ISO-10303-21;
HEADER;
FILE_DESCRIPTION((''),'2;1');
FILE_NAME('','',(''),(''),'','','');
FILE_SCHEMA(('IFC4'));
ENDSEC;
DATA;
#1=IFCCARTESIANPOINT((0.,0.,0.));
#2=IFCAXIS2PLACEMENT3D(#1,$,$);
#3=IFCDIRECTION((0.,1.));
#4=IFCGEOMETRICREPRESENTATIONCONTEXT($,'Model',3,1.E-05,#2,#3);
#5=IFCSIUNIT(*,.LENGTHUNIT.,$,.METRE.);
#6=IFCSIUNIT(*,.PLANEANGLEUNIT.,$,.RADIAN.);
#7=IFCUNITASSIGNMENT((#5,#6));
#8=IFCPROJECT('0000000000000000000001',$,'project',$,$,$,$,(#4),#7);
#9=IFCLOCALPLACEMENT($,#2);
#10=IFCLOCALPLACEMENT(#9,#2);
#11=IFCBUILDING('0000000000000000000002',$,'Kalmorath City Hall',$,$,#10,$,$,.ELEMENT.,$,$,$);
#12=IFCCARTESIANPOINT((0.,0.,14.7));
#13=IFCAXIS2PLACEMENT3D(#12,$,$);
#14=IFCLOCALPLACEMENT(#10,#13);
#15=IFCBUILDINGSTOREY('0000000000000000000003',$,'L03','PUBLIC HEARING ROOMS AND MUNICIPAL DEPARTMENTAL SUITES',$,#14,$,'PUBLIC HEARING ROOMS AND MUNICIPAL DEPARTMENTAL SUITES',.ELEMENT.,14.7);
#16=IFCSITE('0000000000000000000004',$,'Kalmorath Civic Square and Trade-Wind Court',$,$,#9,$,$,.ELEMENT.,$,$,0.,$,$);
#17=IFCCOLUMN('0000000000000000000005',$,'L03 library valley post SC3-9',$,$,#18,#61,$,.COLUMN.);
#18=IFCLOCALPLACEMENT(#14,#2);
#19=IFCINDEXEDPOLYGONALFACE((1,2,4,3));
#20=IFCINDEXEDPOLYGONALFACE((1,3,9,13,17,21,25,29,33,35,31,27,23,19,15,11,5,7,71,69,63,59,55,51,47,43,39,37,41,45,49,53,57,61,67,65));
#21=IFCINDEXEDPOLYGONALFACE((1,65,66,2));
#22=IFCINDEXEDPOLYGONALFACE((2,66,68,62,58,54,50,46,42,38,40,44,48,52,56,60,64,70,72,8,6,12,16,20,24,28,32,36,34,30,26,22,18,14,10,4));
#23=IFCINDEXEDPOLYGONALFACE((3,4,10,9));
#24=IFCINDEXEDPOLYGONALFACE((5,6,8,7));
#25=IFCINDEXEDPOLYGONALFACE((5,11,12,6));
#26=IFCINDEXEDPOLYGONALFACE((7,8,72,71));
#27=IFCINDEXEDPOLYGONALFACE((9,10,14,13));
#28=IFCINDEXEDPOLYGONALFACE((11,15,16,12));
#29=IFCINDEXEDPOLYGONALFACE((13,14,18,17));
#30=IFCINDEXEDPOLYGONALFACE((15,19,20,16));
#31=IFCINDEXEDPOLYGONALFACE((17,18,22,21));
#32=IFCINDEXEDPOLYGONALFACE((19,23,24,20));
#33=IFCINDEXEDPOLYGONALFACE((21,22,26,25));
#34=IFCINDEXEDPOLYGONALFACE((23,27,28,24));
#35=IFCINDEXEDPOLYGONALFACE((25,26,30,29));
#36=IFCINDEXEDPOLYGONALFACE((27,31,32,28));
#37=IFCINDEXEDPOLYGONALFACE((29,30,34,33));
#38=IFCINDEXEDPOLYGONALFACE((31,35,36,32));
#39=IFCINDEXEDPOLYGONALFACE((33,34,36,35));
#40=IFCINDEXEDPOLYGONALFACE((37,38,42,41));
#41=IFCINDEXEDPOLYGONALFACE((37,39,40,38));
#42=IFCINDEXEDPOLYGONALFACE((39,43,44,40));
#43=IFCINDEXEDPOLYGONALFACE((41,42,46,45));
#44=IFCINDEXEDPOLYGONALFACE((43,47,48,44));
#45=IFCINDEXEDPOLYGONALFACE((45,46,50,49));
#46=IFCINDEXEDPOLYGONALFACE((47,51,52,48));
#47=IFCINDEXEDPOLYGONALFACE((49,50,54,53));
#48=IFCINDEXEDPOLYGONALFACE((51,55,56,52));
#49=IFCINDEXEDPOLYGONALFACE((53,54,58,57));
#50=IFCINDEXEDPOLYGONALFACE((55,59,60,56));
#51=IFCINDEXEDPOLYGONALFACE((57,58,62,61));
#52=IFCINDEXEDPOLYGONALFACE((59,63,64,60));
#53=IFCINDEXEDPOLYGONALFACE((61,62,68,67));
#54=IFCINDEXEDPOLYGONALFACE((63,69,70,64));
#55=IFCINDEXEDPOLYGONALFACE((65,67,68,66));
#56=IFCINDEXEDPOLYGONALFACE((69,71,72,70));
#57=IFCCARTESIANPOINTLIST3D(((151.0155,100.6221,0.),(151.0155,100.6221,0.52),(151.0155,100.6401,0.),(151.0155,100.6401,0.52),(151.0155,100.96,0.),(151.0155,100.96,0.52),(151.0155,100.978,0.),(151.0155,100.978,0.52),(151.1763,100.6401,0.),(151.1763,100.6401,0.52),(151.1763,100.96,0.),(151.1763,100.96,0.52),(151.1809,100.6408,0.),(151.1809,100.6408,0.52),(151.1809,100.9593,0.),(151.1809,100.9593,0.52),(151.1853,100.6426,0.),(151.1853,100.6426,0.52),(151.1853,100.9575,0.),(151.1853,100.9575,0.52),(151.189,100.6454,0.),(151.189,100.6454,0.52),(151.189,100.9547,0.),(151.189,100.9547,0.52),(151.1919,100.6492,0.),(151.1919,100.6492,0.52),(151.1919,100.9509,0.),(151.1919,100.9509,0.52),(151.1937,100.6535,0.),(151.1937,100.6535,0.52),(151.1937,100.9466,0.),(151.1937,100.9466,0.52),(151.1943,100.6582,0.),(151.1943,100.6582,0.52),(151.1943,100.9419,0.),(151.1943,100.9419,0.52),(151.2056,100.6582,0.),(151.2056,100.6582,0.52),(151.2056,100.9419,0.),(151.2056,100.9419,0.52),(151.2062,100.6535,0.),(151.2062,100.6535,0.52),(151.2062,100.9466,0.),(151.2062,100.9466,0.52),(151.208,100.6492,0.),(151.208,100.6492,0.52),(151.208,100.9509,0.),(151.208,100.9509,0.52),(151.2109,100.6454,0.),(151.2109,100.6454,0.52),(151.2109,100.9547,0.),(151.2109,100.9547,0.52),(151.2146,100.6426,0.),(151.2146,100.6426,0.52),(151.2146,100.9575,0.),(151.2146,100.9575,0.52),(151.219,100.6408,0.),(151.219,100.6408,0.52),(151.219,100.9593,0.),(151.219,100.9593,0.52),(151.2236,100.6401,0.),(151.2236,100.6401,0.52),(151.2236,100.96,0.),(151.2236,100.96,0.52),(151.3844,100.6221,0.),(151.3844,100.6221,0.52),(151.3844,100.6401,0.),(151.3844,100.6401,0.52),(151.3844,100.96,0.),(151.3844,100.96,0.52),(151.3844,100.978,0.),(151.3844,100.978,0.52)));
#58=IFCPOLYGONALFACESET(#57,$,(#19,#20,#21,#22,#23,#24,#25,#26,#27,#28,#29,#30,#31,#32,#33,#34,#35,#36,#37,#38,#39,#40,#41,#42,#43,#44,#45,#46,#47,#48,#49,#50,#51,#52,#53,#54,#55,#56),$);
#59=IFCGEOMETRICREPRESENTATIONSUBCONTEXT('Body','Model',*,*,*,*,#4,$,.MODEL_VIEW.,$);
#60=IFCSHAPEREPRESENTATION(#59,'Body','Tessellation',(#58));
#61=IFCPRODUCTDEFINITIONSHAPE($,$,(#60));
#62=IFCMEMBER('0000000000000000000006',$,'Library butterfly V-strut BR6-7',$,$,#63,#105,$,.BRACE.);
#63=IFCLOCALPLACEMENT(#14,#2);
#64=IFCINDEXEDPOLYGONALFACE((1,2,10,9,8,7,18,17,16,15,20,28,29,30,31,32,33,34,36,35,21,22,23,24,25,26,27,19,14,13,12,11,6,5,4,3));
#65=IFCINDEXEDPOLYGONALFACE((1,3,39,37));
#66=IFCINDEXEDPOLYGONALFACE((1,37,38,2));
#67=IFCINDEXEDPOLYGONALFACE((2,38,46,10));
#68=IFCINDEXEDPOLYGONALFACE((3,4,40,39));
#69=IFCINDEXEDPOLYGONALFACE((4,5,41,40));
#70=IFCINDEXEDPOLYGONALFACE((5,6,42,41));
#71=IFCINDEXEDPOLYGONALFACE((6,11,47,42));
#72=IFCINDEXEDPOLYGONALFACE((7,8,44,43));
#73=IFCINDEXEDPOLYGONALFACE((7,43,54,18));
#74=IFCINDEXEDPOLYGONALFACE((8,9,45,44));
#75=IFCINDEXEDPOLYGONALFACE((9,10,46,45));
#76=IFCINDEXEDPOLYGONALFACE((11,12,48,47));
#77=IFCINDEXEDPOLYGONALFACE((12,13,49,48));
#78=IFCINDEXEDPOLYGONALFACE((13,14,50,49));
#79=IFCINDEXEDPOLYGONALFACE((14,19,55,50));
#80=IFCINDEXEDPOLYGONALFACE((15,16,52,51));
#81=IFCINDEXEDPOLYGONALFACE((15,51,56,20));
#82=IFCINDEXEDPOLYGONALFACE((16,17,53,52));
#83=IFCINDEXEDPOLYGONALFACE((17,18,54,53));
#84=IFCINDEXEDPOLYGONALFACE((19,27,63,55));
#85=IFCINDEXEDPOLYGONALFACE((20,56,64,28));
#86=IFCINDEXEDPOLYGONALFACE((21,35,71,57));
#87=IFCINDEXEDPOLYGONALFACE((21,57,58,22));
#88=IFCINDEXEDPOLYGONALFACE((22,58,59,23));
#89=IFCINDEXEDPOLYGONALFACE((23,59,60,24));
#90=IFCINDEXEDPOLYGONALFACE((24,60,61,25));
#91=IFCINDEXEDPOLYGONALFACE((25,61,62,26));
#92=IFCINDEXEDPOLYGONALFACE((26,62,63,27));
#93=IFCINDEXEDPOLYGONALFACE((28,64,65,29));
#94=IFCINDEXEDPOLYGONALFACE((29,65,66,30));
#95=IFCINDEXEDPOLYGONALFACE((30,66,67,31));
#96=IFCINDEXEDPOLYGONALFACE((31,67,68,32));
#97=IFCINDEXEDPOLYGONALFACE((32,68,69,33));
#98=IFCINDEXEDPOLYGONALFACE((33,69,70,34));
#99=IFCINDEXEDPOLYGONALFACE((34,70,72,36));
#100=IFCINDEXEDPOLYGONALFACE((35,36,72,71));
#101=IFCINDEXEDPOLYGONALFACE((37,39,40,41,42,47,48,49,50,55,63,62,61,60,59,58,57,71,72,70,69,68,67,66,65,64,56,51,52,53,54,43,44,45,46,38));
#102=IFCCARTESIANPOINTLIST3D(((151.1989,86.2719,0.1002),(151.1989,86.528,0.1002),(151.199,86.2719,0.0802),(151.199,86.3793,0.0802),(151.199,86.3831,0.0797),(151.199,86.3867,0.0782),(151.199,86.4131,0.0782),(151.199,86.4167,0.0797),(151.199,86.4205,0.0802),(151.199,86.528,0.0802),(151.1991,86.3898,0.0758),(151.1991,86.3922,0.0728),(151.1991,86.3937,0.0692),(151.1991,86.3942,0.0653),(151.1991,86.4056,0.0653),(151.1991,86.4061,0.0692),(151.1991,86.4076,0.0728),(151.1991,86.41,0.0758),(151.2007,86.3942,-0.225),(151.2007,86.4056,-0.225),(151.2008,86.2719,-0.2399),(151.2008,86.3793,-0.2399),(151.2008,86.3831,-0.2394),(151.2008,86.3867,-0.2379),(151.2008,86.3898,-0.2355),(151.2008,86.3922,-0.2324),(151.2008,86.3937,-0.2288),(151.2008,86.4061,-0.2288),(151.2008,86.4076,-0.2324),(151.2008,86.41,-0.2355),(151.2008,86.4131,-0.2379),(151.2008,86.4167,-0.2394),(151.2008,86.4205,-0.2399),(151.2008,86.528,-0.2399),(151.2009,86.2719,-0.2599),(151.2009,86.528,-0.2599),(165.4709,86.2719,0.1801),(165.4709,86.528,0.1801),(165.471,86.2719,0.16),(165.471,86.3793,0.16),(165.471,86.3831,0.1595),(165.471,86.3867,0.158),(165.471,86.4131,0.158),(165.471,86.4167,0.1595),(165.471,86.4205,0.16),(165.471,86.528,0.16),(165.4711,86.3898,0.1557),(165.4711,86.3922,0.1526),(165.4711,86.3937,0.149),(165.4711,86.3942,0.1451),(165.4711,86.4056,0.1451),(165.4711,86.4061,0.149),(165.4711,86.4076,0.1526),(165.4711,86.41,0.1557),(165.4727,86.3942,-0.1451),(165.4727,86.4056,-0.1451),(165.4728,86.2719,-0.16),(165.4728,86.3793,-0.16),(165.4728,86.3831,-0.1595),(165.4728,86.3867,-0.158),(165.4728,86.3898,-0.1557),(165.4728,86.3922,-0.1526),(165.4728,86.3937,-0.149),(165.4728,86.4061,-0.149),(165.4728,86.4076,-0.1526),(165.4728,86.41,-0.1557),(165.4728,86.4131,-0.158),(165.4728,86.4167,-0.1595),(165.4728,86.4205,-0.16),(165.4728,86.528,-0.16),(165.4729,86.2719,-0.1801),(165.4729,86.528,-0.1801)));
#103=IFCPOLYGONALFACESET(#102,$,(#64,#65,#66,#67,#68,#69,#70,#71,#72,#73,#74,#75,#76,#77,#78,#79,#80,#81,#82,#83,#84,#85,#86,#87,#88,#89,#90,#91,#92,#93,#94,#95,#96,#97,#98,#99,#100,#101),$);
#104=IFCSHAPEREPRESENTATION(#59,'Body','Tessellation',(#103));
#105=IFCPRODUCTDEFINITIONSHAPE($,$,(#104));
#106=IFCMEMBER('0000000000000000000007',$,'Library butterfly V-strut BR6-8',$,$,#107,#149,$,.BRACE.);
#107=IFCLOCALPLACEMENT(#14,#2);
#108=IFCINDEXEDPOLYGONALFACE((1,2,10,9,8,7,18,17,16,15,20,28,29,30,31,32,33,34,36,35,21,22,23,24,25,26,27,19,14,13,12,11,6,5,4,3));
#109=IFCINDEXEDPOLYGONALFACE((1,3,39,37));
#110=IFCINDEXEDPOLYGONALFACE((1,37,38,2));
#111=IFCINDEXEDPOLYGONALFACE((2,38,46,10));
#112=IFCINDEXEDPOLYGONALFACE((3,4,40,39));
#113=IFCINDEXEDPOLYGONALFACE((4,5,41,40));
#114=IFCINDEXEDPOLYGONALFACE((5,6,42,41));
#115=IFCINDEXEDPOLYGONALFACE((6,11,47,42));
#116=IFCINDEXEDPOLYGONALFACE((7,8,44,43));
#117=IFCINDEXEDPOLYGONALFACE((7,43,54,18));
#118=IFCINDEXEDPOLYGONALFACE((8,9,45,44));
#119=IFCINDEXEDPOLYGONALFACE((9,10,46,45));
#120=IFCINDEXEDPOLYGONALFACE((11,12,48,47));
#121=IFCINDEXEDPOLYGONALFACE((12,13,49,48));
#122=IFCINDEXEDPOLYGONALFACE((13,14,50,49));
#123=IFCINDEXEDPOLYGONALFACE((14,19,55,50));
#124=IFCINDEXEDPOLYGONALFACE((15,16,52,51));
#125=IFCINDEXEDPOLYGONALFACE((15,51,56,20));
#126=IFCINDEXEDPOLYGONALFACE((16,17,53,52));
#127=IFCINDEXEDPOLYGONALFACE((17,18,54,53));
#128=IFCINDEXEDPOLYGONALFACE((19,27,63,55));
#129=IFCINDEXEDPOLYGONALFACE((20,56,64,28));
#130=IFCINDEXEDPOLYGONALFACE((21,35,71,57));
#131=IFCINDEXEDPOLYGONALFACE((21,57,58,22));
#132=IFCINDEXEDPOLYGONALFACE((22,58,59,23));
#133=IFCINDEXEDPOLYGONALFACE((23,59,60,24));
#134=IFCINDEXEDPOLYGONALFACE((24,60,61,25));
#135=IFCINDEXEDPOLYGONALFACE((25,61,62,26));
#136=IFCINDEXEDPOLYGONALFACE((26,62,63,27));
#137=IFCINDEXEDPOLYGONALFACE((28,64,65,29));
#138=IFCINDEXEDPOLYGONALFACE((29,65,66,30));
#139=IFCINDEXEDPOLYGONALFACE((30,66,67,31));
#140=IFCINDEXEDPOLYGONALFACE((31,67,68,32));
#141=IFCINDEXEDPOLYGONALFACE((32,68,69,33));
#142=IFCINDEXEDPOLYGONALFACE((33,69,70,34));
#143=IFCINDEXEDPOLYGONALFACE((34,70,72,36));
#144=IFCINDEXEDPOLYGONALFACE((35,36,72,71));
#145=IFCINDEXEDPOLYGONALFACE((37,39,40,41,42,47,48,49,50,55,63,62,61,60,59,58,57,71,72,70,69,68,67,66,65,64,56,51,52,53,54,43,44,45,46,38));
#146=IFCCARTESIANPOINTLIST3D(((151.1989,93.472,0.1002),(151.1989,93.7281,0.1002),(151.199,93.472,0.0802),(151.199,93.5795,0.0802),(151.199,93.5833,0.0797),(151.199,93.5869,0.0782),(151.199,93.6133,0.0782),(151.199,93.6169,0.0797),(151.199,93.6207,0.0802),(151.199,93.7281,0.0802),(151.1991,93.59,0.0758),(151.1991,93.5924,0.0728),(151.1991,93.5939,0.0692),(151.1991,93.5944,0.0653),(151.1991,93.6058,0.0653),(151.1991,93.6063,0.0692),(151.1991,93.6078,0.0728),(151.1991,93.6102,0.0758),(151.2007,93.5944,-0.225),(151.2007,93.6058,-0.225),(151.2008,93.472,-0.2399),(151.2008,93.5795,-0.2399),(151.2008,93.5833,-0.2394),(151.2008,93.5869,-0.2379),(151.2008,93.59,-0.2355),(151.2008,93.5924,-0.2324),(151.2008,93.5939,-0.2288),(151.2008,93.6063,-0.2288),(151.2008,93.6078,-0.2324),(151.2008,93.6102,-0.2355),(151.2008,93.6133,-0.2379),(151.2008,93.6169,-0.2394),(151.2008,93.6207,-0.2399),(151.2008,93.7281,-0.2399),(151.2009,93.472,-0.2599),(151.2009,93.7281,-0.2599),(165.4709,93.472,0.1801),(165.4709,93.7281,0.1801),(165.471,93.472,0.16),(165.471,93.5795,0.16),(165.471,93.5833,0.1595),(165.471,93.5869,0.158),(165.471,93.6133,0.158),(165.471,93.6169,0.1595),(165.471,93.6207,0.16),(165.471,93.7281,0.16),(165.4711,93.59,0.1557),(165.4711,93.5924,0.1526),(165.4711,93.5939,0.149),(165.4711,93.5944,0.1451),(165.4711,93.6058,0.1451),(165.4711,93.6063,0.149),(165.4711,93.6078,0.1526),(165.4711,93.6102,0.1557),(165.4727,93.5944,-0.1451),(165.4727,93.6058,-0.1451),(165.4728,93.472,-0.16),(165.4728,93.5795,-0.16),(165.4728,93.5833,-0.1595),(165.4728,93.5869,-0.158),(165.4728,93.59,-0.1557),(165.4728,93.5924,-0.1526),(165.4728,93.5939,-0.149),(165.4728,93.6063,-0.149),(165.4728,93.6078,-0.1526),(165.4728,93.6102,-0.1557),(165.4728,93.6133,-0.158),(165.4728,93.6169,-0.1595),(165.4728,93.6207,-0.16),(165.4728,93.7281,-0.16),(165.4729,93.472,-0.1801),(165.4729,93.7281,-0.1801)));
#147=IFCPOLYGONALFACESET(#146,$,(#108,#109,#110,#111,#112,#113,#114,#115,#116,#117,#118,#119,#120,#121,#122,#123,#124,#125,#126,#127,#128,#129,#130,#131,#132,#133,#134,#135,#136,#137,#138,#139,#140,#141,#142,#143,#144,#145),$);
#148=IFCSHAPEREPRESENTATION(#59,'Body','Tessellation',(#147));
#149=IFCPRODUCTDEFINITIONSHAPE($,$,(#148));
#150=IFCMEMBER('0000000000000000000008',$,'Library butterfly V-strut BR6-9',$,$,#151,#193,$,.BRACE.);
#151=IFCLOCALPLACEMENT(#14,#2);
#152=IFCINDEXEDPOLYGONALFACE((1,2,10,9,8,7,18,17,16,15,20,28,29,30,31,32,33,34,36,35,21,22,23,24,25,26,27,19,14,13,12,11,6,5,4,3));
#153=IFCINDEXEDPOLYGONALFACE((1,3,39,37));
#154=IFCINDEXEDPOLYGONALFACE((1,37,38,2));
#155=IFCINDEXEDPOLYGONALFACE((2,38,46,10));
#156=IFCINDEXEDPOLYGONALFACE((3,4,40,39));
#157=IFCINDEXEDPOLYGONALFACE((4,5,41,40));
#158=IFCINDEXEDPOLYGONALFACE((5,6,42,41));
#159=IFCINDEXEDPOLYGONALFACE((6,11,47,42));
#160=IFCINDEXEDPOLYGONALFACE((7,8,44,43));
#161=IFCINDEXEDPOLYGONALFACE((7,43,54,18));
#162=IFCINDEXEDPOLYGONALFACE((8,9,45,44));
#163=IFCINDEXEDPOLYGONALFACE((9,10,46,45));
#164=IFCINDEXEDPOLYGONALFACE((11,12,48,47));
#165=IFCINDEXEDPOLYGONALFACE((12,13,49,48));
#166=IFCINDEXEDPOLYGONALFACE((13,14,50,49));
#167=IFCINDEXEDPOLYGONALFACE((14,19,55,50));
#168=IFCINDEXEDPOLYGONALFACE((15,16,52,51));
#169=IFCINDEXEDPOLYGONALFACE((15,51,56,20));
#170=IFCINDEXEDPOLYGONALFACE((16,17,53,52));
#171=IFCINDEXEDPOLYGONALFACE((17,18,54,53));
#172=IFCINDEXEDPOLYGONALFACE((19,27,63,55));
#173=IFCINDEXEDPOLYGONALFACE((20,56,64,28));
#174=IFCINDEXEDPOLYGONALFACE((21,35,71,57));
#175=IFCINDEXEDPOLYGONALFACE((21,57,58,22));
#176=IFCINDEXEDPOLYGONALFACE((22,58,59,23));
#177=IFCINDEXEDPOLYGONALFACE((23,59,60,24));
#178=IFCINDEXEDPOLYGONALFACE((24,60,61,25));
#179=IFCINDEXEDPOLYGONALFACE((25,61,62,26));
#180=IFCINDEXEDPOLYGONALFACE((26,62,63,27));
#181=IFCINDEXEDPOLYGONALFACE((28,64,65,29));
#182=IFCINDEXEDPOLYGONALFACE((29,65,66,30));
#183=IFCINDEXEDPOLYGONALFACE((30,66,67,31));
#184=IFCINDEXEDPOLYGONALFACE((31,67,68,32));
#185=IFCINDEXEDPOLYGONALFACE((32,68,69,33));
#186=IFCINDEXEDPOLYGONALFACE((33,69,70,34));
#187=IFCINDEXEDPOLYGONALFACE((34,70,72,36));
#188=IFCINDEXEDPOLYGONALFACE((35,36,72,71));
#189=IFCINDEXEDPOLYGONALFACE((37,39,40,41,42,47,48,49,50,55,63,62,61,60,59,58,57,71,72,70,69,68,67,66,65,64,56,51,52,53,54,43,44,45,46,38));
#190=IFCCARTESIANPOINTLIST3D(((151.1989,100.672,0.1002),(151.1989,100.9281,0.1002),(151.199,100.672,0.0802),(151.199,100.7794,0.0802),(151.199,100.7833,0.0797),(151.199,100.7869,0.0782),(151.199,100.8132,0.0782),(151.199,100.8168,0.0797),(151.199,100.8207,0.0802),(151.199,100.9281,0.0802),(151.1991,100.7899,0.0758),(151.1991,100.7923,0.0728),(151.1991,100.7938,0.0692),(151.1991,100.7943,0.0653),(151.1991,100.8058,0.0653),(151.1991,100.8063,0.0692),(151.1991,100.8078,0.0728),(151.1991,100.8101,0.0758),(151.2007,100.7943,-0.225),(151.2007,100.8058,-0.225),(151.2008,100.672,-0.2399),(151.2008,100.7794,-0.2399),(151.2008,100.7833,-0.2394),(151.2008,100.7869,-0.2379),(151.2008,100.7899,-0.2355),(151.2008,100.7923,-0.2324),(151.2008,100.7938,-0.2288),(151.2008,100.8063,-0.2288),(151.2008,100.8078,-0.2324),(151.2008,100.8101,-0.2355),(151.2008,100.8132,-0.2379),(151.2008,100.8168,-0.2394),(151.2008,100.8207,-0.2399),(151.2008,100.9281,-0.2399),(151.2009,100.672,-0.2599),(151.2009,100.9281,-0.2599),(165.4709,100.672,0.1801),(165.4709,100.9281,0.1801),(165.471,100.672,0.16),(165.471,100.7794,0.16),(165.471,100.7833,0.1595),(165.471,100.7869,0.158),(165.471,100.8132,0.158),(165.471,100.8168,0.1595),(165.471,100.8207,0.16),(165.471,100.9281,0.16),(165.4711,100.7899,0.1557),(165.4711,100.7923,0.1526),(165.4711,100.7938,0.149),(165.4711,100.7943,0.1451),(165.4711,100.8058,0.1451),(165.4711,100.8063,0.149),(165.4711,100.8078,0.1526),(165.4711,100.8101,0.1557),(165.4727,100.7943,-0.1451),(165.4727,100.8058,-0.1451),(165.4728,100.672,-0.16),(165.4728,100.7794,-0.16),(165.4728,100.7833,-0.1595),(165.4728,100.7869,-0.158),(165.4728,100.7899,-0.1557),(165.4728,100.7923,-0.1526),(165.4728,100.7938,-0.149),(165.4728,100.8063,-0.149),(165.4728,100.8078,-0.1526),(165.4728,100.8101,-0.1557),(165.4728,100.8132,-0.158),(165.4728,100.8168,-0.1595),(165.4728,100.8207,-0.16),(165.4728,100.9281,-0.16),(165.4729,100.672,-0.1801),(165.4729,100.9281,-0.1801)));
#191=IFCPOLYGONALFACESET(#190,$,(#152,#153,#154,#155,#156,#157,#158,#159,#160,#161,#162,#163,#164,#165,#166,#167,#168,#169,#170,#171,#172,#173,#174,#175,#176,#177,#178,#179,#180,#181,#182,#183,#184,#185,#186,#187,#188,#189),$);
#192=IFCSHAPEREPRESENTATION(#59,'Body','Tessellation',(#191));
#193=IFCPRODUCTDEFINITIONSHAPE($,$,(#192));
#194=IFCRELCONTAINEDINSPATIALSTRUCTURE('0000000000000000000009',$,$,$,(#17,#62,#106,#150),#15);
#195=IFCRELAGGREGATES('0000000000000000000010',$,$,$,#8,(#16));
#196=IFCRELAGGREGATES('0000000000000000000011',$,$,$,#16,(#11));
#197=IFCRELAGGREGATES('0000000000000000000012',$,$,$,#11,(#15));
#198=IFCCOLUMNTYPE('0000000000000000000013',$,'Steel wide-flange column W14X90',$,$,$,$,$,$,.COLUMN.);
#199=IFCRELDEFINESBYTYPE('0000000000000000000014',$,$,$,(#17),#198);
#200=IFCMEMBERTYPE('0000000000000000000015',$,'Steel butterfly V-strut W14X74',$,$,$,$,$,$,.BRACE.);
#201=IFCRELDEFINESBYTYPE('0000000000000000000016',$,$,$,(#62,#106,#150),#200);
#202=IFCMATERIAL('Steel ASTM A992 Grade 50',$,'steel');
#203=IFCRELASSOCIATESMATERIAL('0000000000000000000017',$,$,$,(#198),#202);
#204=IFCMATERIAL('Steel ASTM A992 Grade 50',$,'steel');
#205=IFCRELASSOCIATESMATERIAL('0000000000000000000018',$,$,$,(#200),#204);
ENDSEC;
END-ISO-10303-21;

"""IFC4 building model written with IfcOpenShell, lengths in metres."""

from ifc_helpers import new_model, si_unit, direction, frame, origin, origin_2d, place, context, subcontext, project, spatial, i_section, extrude, material, material_profile, profile_set, type_object, element, save


model = new_model("IFC4")

# Units and contexts
model_context = context("Model", 3, precision=1e-05, world=origin(), true_north=direction((0.0, 1.0)))
body_context = subcontext(model_context, "Body", "Model", "MODEL_VIEW")
ifc_project = project(units=[si_unit("LENGTHUNIT", "METRE"), si_unit("PLANEANGLEUNIT", "RADIAN")], contexts=[model_context])

# Site, building, storey
site_placement = place(None, origin())
site = spatial("IfcSite", under=ifc_project, at=site_placement, Name="Kalmorath Civic Square and Trade-Wind Court", CompositionType="ELEMENT", RefElevation=0.0)
building_placement = place(site_placement, origin())
building = spatial("IfcBuilding", under=site, at=building_placement, Name="Kalmorath City Hall", CompositionType="ELEMENT")
storey_placement = place(building_placement, frame((0.0, 0.0, 14.7)))
storey = spatial("IfcBuildingStorey", under=building, at=storey_placement, Name="L03", Description="PUBLIC HEARING ROOMS AND MUNICIPAL DEPARTMENTAL SUITES", LongName="PUBLIC HEARING ROOMS AND MUNICIPAL DEPARTMENTAL SUITES", CompositionType="ELEMENT", Elevation=14.7)

# Column
ifc_material_1 = material(Name="Steel ASTM A992 Grade 50", Category="steel")
ifc_material_profile_1 = material_profile(ifc_material_1, i_section(OverallWidth=0.3689, OverallDepth=0.356, WebThickness=0.0112, FlangeThickness=0.0181, FilletRadius=0.0181, at=origin_2d()), Name="W14X90")
ifc_profile_set_1 = profile_set([ifc_material_profile_1], Name="Steel ASTM A992 Grade 50")
column_type_1 = type_object("IfcColumnType", Name="Steel wide-flange column W14X90", PredefinedType="COLUMN", material=ifc_profile_set_1)
for number, where, z_axis, x_axis, name in (
    (1, (151.2, 100.8, 0.0), (0.0, 0.0, 1.0), (1.0, 0.0, 0.0), "L03 library valley post SC3-9"),
):
    element("IfcColumn", number, at=place(storey_placement, frame(where, z_axis=z_axis, x_axis=x_axis)), inside=storey, type_object=column_type_1, Name=name, PredefinedType="COLUMN", context=body_context, shape_type="SweptSolid", body=[
        extrude(i_section(OverallWidth=0.3689, OverallDepth=0.356, WebThickness=0.0112, FlangeThickness=0.0181, FilletRadius=0.0181, at=origin_2d()), origin(), (0.0, 0.0, 1.0), 0.52),
    ])

# Members
ifc_material_2 = material(Name="Steel ASTM A992 Grade 50", Category="steel")
ifc_material_profile_2 = material_profile(ifc_material_2, i_section(OverallWidth=0.2561, OverallDepth=0.3601, WebThickness=0.0115, FlangeThickness=0.02, FilletRadius=0.0149, at=origin_2d()), Name="W14X74")
ifc_profile_set_2 = profile_set([ifc_material_profile_2], Name="Steel ASTM A992 Grade 50")
member_type = type_object("IfcMemberType", Name="Steel butterfly V-strut W14X74", PredefinedType="BRACE", material=ifc_profile_set_2)
for number, where, z_axis, x_axis, name in (
    (2, (165.4719, 86.3999, 0.0), (-0.999984, 0.0, -0.005594), (0.0, -1.0, 0.0), "Library butterfly V-strut BR6-7"),
    (3, (165.4719, 93.6001, 0.0), (-0.999984, 0.0, -0.005594), (0.0, -1.0, 0.0), "Library butterfly V-strut BR6-8"),
    (4, (165.4719, 100.8, 0.0), (-0.999984, 0.0, -0.005594), (0.0, -1.0, 0.0), "Library butterfly V-strut BR6-9"),
):
    element("IfcMember", number, at=place(storey_placement, frame(where, z_axis=z_axis, x_axis=x_axis)), inside=storey, type_object=member_type, Name=name, PredefinedType="BRACE", context=body_context, shape_type="SweptSolid", body=[
        extrude(i_section(OverallWidth=0.2561, OverallDepth=0.3601, WebThickness=0.0115, FlangeThickness=0.02, FilletRadius=0.0149, at=origin_2d()), origin(), (0.0, 0.0, 1.0), 14.2722),
    ])

save(model, "model.ifc")
